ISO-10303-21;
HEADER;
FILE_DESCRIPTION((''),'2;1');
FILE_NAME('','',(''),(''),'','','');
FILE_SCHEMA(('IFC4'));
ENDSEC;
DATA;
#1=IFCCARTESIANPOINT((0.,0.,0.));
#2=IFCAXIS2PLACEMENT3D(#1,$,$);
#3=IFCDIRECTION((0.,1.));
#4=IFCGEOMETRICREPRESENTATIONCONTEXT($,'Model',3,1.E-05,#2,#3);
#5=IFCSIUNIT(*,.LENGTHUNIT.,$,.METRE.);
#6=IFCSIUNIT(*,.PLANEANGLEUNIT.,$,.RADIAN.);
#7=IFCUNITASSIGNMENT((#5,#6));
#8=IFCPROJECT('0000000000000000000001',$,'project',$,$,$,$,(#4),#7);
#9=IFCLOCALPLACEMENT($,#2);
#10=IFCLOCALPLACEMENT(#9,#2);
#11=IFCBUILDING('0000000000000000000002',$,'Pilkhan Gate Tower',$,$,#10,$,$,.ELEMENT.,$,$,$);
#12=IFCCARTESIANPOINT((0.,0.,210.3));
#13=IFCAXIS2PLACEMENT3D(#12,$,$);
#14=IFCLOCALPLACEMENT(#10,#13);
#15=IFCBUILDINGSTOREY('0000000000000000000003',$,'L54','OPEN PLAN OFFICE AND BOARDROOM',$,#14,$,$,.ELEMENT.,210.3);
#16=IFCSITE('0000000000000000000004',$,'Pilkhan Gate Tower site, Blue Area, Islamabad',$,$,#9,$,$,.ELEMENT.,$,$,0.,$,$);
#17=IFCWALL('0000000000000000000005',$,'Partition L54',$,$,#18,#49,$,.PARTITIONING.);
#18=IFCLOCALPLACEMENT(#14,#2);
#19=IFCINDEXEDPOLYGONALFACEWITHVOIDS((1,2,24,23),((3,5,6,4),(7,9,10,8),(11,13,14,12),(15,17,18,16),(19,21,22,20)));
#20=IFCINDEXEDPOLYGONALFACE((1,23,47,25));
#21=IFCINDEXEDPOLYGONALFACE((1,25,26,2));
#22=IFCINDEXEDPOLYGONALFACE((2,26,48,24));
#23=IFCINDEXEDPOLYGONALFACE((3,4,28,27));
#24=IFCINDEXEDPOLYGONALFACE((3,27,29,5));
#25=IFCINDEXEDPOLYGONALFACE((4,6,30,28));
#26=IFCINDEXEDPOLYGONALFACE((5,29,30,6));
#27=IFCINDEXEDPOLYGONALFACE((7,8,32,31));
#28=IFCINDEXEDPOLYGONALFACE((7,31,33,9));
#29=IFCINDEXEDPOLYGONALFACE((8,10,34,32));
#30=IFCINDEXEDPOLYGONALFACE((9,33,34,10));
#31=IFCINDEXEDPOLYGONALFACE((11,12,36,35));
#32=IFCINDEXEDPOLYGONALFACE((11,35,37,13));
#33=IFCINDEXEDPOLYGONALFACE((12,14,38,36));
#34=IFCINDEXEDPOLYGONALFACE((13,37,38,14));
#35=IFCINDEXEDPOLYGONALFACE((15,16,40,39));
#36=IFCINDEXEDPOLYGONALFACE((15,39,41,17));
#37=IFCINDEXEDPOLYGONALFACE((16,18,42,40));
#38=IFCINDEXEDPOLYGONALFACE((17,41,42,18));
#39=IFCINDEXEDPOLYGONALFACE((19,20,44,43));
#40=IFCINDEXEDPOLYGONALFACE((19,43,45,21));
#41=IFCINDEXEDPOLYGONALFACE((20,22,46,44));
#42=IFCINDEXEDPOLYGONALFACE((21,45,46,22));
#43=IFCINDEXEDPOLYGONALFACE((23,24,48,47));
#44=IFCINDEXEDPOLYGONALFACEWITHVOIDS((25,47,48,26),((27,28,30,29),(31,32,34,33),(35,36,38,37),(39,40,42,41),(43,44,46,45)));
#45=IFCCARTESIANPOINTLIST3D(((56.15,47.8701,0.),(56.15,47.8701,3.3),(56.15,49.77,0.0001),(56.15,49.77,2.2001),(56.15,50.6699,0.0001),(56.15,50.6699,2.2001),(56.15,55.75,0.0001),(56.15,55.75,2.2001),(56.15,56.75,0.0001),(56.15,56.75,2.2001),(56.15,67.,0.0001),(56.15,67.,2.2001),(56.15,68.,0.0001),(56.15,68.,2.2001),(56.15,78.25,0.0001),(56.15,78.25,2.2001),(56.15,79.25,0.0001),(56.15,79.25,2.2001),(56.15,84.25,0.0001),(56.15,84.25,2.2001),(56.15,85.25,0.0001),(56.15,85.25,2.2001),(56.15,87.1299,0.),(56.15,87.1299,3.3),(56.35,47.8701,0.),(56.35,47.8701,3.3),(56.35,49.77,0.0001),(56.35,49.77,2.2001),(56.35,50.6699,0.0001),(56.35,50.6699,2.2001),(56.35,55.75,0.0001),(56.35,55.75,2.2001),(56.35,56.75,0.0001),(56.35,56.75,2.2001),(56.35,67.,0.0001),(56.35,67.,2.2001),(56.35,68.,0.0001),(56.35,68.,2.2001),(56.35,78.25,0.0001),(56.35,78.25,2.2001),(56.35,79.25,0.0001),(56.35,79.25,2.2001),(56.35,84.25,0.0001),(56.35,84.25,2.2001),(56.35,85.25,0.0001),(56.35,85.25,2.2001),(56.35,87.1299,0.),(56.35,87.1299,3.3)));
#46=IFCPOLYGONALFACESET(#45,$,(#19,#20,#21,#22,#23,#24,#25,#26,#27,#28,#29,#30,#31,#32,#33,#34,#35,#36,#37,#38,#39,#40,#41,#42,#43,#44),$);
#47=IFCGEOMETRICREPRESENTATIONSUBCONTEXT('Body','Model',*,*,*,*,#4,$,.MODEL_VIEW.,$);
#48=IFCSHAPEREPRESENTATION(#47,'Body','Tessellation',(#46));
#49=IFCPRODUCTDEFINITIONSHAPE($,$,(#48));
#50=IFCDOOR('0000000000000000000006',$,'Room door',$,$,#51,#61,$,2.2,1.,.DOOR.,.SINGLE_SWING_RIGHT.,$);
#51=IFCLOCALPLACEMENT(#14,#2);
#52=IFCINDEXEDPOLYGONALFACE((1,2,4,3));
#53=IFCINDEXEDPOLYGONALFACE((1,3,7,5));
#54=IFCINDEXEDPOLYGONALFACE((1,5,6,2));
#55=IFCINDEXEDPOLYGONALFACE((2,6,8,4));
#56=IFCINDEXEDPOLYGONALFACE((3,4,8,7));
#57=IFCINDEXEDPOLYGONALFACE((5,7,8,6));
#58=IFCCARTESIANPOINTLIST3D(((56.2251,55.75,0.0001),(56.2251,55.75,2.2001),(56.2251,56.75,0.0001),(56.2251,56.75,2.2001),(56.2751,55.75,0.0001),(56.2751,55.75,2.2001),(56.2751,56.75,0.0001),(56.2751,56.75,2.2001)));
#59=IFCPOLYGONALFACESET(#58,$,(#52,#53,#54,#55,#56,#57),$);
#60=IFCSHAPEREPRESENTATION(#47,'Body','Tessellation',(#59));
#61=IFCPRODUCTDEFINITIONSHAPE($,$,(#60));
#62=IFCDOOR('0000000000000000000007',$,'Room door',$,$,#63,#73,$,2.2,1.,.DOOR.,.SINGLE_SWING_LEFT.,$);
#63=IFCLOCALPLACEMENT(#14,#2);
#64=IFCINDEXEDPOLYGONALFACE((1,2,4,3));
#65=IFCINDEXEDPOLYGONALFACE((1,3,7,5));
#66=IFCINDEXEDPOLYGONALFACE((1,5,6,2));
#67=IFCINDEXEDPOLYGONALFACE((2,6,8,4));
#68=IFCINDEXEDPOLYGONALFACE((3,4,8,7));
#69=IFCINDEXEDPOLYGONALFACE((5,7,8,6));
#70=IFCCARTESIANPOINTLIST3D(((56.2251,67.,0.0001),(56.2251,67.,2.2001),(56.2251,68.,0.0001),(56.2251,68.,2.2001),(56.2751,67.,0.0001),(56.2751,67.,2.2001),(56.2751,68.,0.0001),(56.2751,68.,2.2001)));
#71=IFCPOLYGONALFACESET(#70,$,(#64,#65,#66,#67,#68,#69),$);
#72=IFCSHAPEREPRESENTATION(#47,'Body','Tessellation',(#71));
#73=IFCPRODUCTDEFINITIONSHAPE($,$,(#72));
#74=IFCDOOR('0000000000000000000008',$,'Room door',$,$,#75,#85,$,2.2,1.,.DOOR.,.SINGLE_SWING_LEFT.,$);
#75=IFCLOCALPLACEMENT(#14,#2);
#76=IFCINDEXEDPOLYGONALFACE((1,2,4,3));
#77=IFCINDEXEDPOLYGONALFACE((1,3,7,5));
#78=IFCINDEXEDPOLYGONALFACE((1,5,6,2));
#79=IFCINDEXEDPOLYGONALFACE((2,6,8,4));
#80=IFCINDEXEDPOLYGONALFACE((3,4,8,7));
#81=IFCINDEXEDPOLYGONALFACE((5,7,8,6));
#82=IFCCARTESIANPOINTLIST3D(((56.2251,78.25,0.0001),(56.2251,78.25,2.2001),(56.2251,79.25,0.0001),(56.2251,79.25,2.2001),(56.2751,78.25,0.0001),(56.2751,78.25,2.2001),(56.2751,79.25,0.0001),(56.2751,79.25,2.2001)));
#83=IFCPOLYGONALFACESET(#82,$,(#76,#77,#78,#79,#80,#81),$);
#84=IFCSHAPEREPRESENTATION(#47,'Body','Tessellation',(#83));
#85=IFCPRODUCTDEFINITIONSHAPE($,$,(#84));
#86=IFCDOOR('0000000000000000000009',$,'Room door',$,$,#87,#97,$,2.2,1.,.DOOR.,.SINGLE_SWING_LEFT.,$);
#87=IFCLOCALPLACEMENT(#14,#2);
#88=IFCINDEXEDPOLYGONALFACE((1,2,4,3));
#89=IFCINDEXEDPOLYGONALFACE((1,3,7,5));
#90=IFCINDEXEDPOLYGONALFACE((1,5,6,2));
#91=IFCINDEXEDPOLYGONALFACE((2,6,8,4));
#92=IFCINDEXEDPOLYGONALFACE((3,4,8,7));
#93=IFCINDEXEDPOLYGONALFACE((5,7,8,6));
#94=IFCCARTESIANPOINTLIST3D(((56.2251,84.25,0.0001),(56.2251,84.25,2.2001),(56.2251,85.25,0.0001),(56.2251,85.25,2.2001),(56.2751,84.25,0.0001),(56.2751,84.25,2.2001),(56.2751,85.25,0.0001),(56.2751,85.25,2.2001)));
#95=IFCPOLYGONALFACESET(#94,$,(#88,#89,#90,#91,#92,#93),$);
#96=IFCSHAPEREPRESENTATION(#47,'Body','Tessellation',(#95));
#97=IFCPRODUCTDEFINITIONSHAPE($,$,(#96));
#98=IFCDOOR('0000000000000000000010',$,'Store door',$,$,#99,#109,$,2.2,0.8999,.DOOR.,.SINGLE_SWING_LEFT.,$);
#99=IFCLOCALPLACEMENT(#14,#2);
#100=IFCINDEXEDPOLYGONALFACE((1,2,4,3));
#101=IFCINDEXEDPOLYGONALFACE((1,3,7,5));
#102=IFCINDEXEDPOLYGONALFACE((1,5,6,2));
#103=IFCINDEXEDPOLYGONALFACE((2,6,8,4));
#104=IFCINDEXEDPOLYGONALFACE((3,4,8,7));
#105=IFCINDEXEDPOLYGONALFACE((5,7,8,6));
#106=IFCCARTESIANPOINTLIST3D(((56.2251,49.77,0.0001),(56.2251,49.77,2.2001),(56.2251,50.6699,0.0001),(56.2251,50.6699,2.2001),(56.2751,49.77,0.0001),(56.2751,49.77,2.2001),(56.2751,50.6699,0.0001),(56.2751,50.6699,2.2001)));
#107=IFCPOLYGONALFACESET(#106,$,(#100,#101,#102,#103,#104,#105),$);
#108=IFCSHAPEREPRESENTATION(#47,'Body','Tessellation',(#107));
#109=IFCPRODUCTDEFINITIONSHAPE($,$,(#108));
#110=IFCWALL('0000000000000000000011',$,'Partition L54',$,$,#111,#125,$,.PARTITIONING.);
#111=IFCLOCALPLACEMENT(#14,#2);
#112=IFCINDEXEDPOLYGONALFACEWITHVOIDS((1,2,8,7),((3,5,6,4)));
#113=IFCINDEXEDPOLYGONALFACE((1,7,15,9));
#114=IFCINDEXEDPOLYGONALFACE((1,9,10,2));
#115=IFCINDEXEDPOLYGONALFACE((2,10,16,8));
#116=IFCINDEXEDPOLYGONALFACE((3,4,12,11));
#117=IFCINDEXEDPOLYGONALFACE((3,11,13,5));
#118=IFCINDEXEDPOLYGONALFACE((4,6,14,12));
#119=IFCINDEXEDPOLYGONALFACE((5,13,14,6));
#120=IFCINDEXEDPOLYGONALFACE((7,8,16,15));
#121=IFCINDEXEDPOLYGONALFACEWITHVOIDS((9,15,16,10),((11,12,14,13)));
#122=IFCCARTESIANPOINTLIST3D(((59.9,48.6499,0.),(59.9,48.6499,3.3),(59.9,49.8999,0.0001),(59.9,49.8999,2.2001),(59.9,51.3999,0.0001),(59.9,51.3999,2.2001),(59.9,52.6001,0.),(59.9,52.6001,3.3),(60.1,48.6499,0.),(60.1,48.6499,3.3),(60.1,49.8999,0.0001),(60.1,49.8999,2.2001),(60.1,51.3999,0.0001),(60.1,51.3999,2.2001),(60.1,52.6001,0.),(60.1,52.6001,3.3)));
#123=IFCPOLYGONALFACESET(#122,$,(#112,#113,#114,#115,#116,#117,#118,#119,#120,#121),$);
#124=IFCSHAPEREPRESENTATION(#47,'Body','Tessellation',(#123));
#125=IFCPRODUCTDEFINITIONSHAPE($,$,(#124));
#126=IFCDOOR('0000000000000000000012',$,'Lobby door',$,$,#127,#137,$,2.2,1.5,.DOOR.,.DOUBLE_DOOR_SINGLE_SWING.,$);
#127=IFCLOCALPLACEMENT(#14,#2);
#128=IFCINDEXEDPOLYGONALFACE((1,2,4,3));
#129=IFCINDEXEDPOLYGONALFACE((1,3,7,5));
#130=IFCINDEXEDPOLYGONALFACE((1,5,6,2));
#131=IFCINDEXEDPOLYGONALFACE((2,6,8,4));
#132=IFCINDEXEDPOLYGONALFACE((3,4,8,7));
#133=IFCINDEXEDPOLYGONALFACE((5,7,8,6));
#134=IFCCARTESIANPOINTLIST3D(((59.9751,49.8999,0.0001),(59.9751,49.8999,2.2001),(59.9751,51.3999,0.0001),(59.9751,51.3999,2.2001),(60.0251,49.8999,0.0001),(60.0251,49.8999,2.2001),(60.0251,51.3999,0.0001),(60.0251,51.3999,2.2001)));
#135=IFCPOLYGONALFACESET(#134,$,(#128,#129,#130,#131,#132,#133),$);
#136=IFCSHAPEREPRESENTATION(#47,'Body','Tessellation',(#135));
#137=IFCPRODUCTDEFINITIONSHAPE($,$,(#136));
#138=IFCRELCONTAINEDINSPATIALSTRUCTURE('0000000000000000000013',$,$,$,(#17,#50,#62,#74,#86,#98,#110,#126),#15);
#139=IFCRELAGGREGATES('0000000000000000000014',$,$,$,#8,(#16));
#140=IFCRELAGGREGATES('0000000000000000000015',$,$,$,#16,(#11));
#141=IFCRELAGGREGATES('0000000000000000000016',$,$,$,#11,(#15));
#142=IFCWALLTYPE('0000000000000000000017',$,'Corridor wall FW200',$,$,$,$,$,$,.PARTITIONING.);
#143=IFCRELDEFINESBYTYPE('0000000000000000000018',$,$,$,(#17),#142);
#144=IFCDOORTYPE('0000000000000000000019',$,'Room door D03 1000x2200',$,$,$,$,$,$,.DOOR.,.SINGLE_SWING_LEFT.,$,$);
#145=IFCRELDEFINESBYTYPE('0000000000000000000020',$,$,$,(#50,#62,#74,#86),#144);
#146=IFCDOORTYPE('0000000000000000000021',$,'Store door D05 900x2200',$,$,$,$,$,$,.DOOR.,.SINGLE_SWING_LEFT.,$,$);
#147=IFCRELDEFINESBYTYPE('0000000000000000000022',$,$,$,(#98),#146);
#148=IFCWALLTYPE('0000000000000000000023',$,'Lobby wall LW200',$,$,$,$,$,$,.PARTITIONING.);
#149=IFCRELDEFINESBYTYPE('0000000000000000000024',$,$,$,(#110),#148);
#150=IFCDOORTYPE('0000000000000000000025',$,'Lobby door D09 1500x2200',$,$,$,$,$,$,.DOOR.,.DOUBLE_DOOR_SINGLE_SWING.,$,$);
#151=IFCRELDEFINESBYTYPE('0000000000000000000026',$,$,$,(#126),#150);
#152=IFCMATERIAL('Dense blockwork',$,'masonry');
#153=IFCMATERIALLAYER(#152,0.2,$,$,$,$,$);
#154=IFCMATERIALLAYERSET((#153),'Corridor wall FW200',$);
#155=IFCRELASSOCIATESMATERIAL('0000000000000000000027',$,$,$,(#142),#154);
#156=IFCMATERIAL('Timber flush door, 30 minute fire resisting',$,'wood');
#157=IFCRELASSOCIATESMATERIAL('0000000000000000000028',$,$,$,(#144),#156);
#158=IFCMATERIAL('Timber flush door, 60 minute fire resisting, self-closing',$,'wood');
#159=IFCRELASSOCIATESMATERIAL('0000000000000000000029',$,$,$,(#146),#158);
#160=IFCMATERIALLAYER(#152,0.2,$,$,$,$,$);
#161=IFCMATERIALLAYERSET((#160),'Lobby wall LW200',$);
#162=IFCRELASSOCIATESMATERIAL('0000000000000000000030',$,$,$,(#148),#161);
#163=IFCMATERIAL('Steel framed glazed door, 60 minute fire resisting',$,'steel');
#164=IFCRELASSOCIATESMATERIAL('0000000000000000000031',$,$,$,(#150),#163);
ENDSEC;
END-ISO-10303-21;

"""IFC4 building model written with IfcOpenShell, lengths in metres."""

from ifc_helpers import new_model, si_unit, direction, frame, frame_2d, origin, place, context, subcontext, project, spatial, rectangle, extrude, material, layer, layer_set, type_object, element, fill, save


model = new_model("IFC4")

# Units and contexts
model_context = context("Model", 3, precision=1e-05, world=origin(), true_north=direction((0.0, 1.0)))
body_context = subcontext(model_context, "Body", "Model", "MODEL_VIEW")
ifc_project = project(units=[si_unit("LENGTHUNIT", "METRE"), si_unit("PLANEANGLEUNIT", "RADIAN")], contexts=[model_context])

# Site, building, storey
site_placement = place(None, origin())
site = spatial("IfcSite", under=ifc_project, at=site_placement, Name="Pilkhan Gate Tower site, Blue Area, Islamabad", CompositionType="ELEMENT", RefElevation=0.0)
building_placement = place(site_placement, origin())
building = spatial("IfcBuilding", under=site, at=building_placement, Name="Pilkhan Gate Tower", CompositionType="ELEMENT")
storey_placement = place(building_placement, frame((0.0, 0.0, 210.3)))
storey = spatial("IfcBuildingStorey", under=building, at=storey_placement, Name="L54", Description="OPEN PLAN OFFICE AND BOARDROOM", CompositionType="ELEMENT", Elevation=210.3)

# Shared definitions
ifc_material_1 = material(Name="Dense blockwork", Category="masonry")
ifc_layer_1 = layer(ifc_material_1, 0.2)
ifc_layer_set_1 = layer_set([ifc_layer_1], Name="Corridor wall FW200")
wall_type_1 = type_object("IfcWallType", Name="Corridor wall FW200", PredefinedType="PARTITIONING", material=ifc_layer_set_1)

# Wall, openings, doors
wall_1_placement = place(storey_placement, frame((56.25, 47.8701, 0.0), z_axis=(0.0, 0.0, 1.0), x_axis=(0.0, 1.0, 0.0)))
wall_1 = element("IfcWall", 1, at=wall_1_placement, inside=storey, type_object=wall_type_1, Name="Partition L54", PredefinedType="PARTITIONING", context=body_context, shape_type="SweptSolid", body=[
    extrude(rectangle(XDim=39.2598, YDim=0.2, at=frame_2d((19.6299, 0.0))), origin(), (0.0, 0.0, 1.0), 3.3),
])
opening_1_placement = place(wall_1_placement, frame((1.8999, 0.0, 0.0)))
opening_1 = element("IfcOpeningElement", 2, at=opening_1_placement, cuts=wall_1, PredefinedType="OPENING", context=body_context, shape_type="SweptSolid", body=[
    extrude(rectangle(XDim=0.8999, YDim=2.2, at=frame_2d((0.45, 1.1001))), frame((0.0, 0.1099, 0.0), z_axis=(0.0, -1.0, 0.0), x_axis=(1.0, 0.0, 0.0)), (0.0, 0.0, 1.0), 0.22),
])
opening_2_placement = place(wall_1_placement, frame((7.8799, 0.0, 0.0)))
opening_2 = element("IfcOpeningElement", 3, at=opening_2_placement, cuts=wall_1, PredefinedType="OPENING", context=body_context, shape_type="SweptSolid", body=[
    extrude(rectangle(XDim=1.0, YDim=2.2, at=frame_2d((0.5, 1.1001))), frame((0.0, 0.1099, 0.0), z_axis=(0.0, -1.0, 0.0), x_axis=(1.0, 0.0, 0.0)), (0.0, 0.0, 1.0), 0.22),
])
opening_3_placement = place(wall_1_placement, frame((19.1299, 0.0, 0.0)))
opening_3 = element("IfcOpeningElement", 4, at=opening_3_placement, cuts=wall_1, PredefinedType="OPENING", context=body_context, shape_type="SweptSolid", body=[
    extrude(rectangle(XDim=1.0, YDim=2.2, at=frame_2d((0.5, 1.1001))), frame((0.0, 0.1099, 0.0), z_axis=(0.0, -1.0, 0.0), x_axis=(1.0, 0.0, 0.0)), (0.0, 0.0, 1.0), 0.22),
])
opening_4_placement = place(wall_1_placement, frame((30.3799, 0.0, 0.0)))
opening_4 = element("IfcOpeningElement", 5, at=opening_4_placement, cuts=wall_1, PredefinedType="OPENING", context=body_context, shape_type="SweptSolid", body=[
    extrude(rectangle(XDim=1.0, YDim=2.2, at=frame_2d((0.5, 1.1001))), frame((0.0, 0.1099, 0.0), z_axis=(0.0, -1.0, 0.0), x_axis=(1.0, 0.0, 0.0)), (0.0, 0.0, 1.0), 0.22),
])
opening_5_placement = place(wall_1_placement, frame((36.3799, 0.0, 0.0)))
opening_5 = element("IfcOpeningElement", 6, at=opening_5_placement, cuts=wall_1, PredefinedType="OPENING", context=body_context, shape_type="SweptSolid", body=[
    extrude(rectangle(XDim=1.0, YDim=2.2, at=frame_2d((0.5, 1.1001))), frame((0.0, 0.1099, 0.0), z_axis=(0.0, -1.0, 0.0), x_axis=(1.0, 0.0, 0.0)), (0.0, 0.0, 1.0), 0.22),
])
ifc_material_2 = material(Name="Timber flush door, 30 minute fire resisting", Category="wood")
door_type_1 = type_object("IfcDoorType", Name="Room door D03 1000x2200", OperationType="SINGLE_SWING_LEFT", PredefinedType="DOOR", material=ifc_material_2)
door_1_placement = place(opening_2_placement, origin())
door_1 = element("IfcDoor", 7, at=door_1_placement, inside=storey, type_object=door_type_1, Name="Room door", OperationType="SINGLE_SWING_RIGHT", OverallHeight=2.2, OverallWidth=1.0, PredefinedType="DOOR", context=body_context, shape_type="SweptSolid", body=[
    extrude(rectangle(XDim=1.0, YDim=2.2, at=frame_2d((0.5, 1.1001))), frame((0.0, 0.0249, 0.0), z_axis=(0.0, -1.0, 0.0), x_axis=(1.0, 0.0, 0.0)), (0.0, 0.0, 1.0), 0.05),
])
fill(opening_2, door_1)
door_2_placement = place(opening_3_placement, origin())
door_2 = element("IfcDoor", 8, at=door_2_placement, inside=storey, type_object=door_type_1, Name="Room door", OperationType="SINGLE_SWING_LEFT", OverallHeight=2.2, OverallWidth=1.0, PredefinedType="DOOR", context=body_context, shape_type="SweptSolid", body=[
    extrude(rectangle(XDim=1.0, YDim=2.2, at=frame_2d((0.5, 1.1001))), frame((0.0, 0.0249, 0.0), z_axis=(0.0, -1.0, 0.0), x_axis=(1.0, 0.0, 0.0)), (0.0, 0.0, 1.0), 0.05),
])
fill(opening_3, door_2)
door_3_placement = place(opening_4_placement, origin())
door_3 = element("IfcDoor", 9, at=door_3_placement, inside=storey, type_object=door_type_1, Name="Room door", OperationType="SINGLE_SWING_LEFT", OverallHeight=2.2, OverallWidth=1.0, PredefinedType="DOOR", context=body_context, shape_type="SweptSolid", body=[
    extrude(rectangle(XDim=1.0, YDim=2.2, at=frame_2d((0.5, 1.1001))), frame((0.0, 0.0249, 0.0), z_axis=(0.0, -1.0, 0.0), x_axis=(1.0, 0.0, 0.0)), (0.0, 0.0, 1.0), 0.05),
])
fill(opening_4, door_3)
door_4_placement = place(opening_5_placement, origin())
door_4 = element("IfcDoor", 10, at=door_4_placement, inside=storey, type_object=door_type_1, Name="Room door", OperationType="SINGLE_SWING_LEFT", OverallHeight=2.2, OverallWidth=1.0, PredefinedType="DOOR", context=body_context, shape_type="SweptSolid", body=[
    extrude(rectangle(XDim=1.0, YDim=2.2, at=frame_2d((0.5, 1.1001))), frame((0.0, 0.0249, 0.0), z_axis=(0.0, -1.0, 0.0), x_axis=(1.0, 0.0, 0.0)), (0.0, 0.0, 1.0), 0.05),
])
fill(opening_5, door_4)
ifc_material_3 = material(Name="Timber flush door, 60 minute fire resisting, self-closing", Category="wood")
door_type_2 = type_object("IfcDoorType", Name="Store door D05 900x2200", OperationType="SINGLE_SWING_LEFT", PredefinedType="DOOR", material=ifc_material_3)
door_5_placement = place(opening_1_placement, origin())
door_5 = element("IfcDoor", 11, at=door_5_placement, inside=storey, type_object=door_type_2, Name="Store door", OperationType="SINGLE_SWING_LEFT", OverallHeight=2.2, OverallWidth=0.8999, PredefinedType="DOOR", context=body_context, shape_type="SweptSolid", body=[
    extrude(rectangle(XDim=0.8999, YDim=2.2, at=frame_2d((0.45, 1.1001))), frame((0.0, 0.0249, 0.0), z_axis=(0.0, -1.0, 0.0), x_axis=(1.0, 0.0, 0.0)), (0.0, 0.0, 1.0), 0.05),
])
fill(opening_1, door_5)

# Wall, opening, door
ifc_layer_2 = layer(ifc_material_1, 0.2)
ifc_layer_set_2 = layer_set([ifc_layer_2], Name="Lobby wall LW200")
wall_type_2 = type_object("IfcWallType", Name="Lobby wall LW200", PredefinedType="PARTITIONING", material=ifc_layer_set_2)
wall_2_placement = place(storey_placement, frame((60.0, 48.6499, 0.0), z_axis=(0.0, 0.0, 1.0), x_axis=(0.0, 1.0, 0.0)))
wall_2 = element("IfcWall", 12, at=wall_2_placement, inside=storey, type_object=wall_type_2, Name="Partition L54", PredefinedType="PARTITIONING", context=body_context, shape_type="SweptSolid", body=[
    extrude(rectangle(XDim=3.9502, YDim=0.2, at=frame_2d((1.9751, 0.0))), origin(), (0.0, 0.0, 1.0), 3.3),
])
opening_6_placement = place(wall_2_placement, frame((1.25, 0.0, 0.0)))
opening_6 = element("IfcOpeningElement", 13, at=opening_6_placement, cuts=wall_2, PredefinedType="OPENING", context=body_context, shape_type="SweptSolid", body=[
    extrude(rectangle(XDim=1.5, YDim=2.2, at=frame_2d((0.75, 1.1001))), frame((0.0, 0.1099, 0.0), z_axis=(0.0, -1.0, 0.0), x_axis=(1.0, 0.0, 0.0)), (0.0, 0.0, 1.0), 0.22),
])
ifc_material_4 = material(Name="Steel framed glazed door, 60 minute fire resisting", Category="steel")
door_type_3 = type_object("IfcDoorType", Name="Lobby door D09 1500x2200", OperationType="DOUBLE_DOOR_SINGLE_SWING", PredefinedType="DOOR", material=ifc_material_4)
door_6_placement = place(opening_6_placement, origin())
door_6 = element("IfcDoor", 14, at=door_6_placement, inside=storey, type_object=door_type_3, Name="Lobby door", OperationType="DOUBLE_DOOR_SINGLE_SWING", OverallHeight=2.2, OverallWidth=1.5, PredefinedType="DOOR", context=body_context, shape_type="SweptSolid", body=[
    extrude(rectangle(XDim=1.5, YDim=2.2, at=frame_2d((0.75, 1.1001))), frame((0.0, 0.0249, 0.0), z_axis=(0.0, -1.0, 0.0), x_axis=(1.0, 0.0, 0.0)), (0.0, 0.0, 1.0), 0.05),
])
fill(opening_6, door_6)

save(model, "model.ifc")
